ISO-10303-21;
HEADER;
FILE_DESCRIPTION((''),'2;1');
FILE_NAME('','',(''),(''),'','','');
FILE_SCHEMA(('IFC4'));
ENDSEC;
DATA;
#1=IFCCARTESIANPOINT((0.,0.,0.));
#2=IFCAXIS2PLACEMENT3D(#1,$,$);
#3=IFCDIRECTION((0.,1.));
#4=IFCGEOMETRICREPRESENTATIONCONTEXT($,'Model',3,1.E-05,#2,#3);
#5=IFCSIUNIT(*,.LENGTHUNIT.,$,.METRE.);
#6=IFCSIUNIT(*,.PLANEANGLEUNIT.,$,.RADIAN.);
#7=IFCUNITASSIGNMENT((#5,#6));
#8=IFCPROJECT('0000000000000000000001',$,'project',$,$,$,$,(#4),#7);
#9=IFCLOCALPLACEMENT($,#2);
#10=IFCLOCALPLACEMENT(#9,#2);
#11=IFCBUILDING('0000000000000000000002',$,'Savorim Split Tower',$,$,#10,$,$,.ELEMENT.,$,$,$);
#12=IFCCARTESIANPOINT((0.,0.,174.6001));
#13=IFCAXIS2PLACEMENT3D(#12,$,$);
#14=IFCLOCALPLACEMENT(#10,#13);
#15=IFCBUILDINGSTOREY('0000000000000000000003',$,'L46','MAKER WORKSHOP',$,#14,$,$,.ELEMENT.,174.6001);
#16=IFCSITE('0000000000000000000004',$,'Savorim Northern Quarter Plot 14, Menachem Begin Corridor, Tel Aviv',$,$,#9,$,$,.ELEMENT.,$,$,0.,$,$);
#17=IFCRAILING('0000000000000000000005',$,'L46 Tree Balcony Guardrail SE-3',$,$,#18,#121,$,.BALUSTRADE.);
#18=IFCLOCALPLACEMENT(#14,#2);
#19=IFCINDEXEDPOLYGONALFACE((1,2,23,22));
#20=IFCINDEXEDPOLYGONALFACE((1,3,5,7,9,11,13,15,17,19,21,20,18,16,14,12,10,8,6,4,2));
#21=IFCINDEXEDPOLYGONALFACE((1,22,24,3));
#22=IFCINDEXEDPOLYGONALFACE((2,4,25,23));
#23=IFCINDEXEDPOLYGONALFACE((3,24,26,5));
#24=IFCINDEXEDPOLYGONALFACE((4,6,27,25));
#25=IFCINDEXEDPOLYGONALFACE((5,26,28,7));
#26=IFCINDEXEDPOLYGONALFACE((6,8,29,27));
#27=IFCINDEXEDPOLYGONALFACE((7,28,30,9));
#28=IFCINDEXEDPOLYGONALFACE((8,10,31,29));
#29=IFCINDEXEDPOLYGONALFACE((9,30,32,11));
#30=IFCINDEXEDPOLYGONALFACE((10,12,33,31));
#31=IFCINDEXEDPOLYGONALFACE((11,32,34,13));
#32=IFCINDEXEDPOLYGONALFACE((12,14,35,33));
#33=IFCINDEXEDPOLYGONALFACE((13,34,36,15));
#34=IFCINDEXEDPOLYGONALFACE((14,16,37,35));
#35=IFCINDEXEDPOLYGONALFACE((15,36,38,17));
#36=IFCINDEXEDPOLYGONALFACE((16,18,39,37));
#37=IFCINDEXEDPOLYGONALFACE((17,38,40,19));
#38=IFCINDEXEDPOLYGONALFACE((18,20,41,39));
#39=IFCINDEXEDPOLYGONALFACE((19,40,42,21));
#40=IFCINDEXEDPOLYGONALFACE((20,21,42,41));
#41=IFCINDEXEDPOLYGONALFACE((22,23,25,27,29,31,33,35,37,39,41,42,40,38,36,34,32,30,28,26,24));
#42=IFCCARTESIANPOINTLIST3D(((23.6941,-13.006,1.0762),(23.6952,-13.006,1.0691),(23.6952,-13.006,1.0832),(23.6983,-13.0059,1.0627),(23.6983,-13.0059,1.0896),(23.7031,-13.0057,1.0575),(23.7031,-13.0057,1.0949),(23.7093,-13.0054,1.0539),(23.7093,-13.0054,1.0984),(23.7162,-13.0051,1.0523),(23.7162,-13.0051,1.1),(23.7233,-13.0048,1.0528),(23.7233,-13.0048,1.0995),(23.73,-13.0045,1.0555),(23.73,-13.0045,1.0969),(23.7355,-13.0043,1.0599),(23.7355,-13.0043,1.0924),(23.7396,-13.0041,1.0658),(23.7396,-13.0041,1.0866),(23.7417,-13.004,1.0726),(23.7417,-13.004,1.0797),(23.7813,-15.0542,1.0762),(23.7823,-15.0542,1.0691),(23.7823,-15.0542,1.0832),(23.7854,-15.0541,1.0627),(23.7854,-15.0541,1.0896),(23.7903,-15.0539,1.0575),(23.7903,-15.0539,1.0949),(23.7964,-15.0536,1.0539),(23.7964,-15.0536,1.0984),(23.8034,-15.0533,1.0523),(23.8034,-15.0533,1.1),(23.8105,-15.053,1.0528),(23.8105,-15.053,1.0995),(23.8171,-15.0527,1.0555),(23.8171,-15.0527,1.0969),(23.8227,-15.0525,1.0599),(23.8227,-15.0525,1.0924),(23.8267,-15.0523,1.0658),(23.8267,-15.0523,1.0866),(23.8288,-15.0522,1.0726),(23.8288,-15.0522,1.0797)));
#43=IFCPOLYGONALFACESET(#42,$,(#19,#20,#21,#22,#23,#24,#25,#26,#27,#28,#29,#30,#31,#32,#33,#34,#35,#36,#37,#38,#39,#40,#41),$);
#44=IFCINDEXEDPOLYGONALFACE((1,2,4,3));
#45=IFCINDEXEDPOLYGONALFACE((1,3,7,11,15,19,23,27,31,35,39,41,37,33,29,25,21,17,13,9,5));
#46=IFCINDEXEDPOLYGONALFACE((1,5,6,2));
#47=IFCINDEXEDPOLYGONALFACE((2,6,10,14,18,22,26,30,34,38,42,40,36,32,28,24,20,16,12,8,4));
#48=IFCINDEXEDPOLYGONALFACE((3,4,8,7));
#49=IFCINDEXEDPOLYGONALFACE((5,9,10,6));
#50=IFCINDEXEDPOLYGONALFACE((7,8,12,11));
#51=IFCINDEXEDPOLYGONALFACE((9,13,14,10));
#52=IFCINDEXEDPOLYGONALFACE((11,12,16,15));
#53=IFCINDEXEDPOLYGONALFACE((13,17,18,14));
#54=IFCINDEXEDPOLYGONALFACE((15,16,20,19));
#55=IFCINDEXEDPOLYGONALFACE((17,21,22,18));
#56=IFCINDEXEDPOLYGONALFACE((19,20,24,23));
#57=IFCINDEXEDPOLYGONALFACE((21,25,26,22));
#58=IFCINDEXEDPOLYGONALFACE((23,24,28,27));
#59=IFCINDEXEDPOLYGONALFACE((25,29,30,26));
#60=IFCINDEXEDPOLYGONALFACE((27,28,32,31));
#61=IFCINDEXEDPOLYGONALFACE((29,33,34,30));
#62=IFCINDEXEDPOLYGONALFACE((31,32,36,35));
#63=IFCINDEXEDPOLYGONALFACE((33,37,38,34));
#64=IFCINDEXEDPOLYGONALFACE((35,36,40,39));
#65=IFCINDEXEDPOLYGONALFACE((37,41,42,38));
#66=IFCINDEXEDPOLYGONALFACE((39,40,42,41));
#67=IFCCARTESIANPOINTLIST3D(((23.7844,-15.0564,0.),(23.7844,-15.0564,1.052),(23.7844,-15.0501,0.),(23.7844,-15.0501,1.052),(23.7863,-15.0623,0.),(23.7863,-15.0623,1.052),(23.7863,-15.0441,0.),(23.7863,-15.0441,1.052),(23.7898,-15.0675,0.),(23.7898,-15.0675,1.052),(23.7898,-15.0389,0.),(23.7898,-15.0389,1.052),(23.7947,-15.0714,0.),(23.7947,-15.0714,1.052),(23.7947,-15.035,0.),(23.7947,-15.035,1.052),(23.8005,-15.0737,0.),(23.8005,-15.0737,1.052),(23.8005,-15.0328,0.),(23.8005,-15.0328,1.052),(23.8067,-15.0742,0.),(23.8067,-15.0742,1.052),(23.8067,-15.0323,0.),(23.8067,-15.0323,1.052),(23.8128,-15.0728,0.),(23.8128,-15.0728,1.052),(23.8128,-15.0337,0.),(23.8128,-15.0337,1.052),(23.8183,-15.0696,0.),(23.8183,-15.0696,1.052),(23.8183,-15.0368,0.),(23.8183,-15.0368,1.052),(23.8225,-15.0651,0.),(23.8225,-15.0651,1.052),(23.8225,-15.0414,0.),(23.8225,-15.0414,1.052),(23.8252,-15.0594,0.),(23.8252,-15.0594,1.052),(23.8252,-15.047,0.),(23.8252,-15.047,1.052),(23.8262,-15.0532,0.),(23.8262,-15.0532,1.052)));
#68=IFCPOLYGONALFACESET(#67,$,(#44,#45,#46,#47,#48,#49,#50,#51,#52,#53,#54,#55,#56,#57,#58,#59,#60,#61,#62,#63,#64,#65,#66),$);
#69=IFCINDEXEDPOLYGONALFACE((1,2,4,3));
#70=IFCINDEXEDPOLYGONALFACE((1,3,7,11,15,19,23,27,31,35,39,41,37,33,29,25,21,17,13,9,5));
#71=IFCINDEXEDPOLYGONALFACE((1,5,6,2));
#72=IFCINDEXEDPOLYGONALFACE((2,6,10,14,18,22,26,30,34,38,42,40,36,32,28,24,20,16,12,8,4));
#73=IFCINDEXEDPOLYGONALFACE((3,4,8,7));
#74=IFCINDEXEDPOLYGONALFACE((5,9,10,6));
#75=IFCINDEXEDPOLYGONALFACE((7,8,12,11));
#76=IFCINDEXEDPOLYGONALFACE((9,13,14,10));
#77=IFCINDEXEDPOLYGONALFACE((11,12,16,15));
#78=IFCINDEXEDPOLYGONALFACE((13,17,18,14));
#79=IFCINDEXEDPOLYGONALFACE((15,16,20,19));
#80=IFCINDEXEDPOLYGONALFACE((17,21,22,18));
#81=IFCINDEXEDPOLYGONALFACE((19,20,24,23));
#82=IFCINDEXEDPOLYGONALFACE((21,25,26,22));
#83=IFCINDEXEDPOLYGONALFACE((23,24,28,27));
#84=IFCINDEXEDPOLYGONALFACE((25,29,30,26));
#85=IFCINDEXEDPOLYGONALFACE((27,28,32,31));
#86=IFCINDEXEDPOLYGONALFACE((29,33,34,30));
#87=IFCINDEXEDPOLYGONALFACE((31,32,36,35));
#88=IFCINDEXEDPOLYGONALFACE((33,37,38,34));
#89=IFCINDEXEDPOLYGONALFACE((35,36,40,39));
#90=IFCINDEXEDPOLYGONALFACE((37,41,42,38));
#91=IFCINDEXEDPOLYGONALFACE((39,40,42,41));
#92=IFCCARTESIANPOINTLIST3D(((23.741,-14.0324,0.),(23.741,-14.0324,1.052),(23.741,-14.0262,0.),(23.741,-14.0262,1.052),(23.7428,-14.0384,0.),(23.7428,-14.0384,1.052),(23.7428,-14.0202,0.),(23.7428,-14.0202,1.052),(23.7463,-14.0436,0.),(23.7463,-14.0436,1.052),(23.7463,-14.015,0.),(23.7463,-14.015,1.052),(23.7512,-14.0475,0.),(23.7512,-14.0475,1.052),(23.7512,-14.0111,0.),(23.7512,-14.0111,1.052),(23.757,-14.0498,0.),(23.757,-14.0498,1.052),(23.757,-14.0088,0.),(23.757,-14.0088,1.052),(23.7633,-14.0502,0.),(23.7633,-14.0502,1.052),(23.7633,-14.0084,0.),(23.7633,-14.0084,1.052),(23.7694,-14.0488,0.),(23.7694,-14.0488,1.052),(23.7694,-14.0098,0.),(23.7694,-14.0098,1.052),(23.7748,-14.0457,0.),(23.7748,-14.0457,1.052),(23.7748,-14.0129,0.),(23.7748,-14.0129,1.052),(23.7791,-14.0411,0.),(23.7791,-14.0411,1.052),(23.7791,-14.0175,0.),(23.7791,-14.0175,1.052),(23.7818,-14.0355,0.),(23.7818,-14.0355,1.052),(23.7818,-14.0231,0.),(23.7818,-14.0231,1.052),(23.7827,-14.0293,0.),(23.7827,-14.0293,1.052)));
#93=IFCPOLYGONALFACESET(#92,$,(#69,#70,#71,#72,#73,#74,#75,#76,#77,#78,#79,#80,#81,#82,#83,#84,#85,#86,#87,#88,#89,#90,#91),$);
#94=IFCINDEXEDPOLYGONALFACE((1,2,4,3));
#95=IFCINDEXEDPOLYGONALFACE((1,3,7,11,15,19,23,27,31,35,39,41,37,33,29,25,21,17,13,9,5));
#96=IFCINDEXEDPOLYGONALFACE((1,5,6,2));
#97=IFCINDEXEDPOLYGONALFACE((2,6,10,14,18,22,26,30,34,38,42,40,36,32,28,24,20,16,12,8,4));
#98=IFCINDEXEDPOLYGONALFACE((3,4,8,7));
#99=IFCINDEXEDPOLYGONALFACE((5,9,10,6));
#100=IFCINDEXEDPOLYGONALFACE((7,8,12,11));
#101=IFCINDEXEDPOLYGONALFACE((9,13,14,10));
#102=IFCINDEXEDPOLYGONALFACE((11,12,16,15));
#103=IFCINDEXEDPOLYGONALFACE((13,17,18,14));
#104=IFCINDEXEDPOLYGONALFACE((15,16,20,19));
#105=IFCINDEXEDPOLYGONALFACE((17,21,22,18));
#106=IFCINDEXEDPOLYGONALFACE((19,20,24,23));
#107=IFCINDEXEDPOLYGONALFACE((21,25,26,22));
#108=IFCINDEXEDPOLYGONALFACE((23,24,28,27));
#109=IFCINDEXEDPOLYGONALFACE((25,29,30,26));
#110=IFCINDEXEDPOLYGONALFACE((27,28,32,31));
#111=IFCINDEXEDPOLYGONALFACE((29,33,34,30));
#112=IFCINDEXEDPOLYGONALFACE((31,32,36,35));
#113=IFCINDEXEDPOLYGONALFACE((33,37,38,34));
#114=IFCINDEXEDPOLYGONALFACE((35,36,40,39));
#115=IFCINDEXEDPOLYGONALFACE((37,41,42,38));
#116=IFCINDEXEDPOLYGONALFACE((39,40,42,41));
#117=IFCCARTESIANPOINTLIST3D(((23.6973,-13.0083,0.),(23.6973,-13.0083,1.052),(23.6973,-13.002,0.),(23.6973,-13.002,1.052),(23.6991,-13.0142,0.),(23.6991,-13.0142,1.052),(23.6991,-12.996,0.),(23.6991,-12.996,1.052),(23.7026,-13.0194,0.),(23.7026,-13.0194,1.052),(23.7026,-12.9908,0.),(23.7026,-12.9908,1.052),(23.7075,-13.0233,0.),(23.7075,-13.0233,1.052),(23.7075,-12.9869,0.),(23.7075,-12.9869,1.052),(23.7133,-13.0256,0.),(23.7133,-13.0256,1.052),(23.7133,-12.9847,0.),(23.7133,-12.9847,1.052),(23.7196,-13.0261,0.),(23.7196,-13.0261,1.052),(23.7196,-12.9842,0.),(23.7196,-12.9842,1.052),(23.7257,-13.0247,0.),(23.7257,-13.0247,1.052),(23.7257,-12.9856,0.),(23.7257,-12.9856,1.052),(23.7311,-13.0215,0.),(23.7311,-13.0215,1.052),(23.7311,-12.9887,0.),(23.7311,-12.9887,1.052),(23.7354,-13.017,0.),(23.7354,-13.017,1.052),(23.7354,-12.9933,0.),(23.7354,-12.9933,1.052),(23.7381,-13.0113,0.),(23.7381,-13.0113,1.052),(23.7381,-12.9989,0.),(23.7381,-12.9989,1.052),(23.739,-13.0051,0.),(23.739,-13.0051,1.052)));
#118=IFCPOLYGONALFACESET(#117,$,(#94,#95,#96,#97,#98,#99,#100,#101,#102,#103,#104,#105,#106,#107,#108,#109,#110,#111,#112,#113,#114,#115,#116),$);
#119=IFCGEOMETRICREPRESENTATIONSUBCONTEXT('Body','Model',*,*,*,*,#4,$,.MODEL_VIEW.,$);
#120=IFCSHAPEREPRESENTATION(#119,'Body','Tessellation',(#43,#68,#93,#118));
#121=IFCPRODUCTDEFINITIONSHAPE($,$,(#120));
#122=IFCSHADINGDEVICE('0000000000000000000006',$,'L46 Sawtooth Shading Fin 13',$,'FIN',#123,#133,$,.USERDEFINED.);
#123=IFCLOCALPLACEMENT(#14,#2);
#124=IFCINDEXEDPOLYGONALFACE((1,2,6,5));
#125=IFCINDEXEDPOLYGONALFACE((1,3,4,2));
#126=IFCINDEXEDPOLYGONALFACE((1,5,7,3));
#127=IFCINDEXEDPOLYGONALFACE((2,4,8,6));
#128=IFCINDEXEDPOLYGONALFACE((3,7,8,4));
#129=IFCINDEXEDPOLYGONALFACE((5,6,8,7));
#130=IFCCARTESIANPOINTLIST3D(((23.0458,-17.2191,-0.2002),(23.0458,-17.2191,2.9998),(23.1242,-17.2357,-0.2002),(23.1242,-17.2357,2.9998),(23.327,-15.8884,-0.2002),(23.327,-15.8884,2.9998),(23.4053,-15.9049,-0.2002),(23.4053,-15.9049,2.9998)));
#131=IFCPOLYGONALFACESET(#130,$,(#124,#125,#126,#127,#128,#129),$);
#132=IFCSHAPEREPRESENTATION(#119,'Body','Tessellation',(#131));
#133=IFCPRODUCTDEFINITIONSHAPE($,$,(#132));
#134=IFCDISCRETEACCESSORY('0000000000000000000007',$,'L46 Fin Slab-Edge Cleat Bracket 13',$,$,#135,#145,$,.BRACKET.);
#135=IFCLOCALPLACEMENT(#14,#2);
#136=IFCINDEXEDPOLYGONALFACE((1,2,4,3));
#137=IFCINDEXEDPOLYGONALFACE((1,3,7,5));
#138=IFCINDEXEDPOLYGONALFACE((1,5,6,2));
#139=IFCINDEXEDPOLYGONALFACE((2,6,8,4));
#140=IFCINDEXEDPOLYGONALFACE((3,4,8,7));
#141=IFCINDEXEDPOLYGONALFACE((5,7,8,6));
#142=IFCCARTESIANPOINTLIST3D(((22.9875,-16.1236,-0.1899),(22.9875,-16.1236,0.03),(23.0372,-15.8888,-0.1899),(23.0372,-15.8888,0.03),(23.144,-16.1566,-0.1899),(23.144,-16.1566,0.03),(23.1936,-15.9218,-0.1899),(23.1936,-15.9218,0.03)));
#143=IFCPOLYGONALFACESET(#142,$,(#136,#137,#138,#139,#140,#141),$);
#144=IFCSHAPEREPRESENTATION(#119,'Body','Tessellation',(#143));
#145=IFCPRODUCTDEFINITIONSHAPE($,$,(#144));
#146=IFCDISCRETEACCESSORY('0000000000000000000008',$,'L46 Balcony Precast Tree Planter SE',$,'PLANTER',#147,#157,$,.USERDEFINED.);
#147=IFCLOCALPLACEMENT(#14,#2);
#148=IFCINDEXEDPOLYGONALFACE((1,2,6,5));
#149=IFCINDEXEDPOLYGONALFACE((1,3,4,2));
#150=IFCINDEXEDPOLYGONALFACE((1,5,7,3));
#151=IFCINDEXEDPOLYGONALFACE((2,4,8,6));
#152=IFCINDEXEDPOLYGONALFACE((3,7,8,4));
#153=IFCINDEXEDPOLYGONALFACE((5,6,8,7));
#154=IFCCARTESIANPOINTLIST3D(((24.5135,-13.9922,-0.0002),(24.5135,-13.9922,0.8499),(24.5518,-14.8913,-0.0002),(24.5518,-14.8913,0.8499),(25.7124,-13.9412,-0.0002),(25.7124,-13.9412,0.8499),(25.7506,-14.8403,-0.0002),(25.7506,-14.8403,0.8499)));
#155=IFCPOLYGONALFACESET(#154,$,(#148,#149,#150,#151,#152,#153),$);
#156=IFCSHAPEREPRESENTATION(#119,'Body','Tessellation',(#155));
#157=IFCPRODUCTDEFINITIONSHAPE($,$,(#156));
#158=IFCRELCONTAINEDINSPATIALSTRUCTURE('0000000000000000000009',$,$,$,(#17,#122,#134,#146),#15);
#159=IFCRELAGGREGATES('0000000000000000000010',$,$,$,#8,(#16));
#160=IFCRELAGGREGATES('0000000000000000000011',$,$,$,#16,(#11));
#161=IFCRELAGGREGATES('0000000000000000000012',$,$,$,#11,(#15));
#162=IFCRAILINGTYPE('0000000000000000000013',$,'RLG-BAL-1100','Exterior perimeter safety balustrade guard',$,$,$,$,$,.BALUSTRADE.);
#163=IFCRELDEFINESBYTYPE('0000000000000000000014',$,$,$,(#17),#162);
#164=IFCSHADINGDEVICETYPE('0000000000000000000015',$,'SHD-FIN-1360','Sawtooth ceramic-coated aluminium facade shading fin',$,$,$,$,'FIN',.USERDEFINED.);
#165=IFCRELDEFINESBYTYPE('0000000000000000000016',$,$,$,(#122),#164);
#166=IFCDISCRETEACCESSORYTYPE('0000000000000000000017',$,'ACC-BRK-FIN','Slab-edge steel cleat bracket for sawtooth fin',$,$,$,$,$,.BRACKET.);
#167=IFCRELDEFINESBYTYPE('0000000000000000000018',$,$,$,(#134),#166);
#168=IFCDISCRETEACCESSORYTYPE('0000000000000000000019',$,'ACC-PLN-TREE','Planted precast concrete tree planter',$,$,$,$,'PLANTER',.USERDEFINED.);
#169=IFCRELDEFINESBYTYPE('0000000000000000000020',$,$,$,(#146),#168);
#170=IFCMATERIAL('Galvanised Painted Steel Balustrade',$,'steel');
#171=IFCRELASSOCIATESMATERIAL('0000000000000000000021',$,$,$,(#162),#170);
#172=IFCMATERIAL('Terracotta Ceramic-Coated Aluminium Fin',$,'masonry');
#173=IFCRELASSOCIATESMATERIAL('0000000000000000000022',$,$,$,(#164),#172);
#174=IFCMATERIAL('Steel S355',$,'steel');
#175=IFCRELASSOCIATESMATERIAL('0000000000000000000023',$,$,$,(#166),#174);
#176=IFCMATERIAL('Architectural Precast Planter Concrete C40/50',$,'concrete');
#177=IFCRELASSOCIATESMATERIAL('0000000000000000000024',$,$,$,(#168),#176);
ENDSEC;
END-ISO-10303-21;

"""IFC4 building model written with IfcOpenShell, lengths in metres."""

from ifc_helpers import new_model, si_unit, direction, frame, origin, origin_2d, place, context, subcontext, project, spatial, rectangle, circle, extrude, material, type_object, element, save


model = new_model("IFC4")

# Units and contexts
model_context = context("Model", 3, precision=1e-05, world=origin(), true_north=direction((0.0, 1.0)))
body_context = subcontext(model_context, "Body", "Model", "MODEL_VIEW")
ifc_project = project(units=[si_unit("LENGTHUNIT", "METRE"), si_unit("PLANEANGLEUNIT", "RADIAN")], contexts=[model_context])

# Site, building, storey
site_placement = place(None, origin())
site = spatial("IfcSite", under=ifc_project, at=site_placement, Name="Savorim Northern Quarter Plot 14, Menachem Begin Corridor, Tel Aviv", CompositionType="ELEMENT", RefElevation=0.0)
building_placement = place(site_placement, origin())
building = spatial("IfcBuilding", under=site, at=building_placement, Name="Savorim Split Tower", CompositionType="ELEMENT")
storey_placement = place(building_placement, frame((0.0, 0.0, 174.6001)))
storey = spatial("IfcBuildingStorey", under=building, at=storey_placement, Name="L46", Description="MAKER WORKSHOP", CompositionType="ELEMENT", Elevation=174.6001)

# Shared definitions
ifc_material_1 = material(Name="Steel S355", Category="steel")

# Railing
ifc_material_2 = material(Name="Galvanised Painted Steel Balustrade", Category="steel")
railing_type = type_object("IfcRailingType", Name="RLG-BAL-1100", Description="Exterior perimeter safety balustrade guard", PredefinedType="BALUSTRADE", material=ifc_material_2)
railing_1_placement = place(storey_placement, frame((23.8052, -15.0532, 0.0)))
element("IfcRailing", 1, at=railing_1_placement, inside=storey, type_object=railing_type, Name="L46 Tree Balcony Guardrail SE-3", PredefinedType="BALUSTRADE", context=body_context, shape_type="SweptSolid", body=[
    extrude(circle(Radius=0.0239, at=origin_2d()), frame((0.0, 0.0, 1.0762), z_axis=(-0.042517, 0.999096, 0.0), x_axis=(-0.999096, -0.042517, 0.0)), (0.0, 0.0, 1.0), 2.05),
    extrude(circle(Radius=0.021, at=origin_2d()), origin(), (0.0, 0.0, 1.0), 1.052),
    extrude(circle(Radius=0.021, at=origin_2d()), frame((-0.0435, 1.0239, 0.0)), (0.0, 0.0, 1.0), 1.052),
    extrude(circle(Radius=0.021, at=origin_2d()), frame((-0.0872, 2.0481, 0.0)), (0.0, 0.0, 1.0), 1.052),
])

# Shading device
ifc_material_3 = material(Name="Terracotta Ceramic-Coated Aluminium Fin", Category="masonry")
shading_device_type = type_object("IfcShadingDeviceType", Name="SHD-FIN-1360", Description="Sawtooth ceramic-coated aluminium facade shading fin", ElementType="FIN", PredefinedType="USERDEFINED", material=ifc_material_3)
shading_device_placement = place(storey_placement, frame((23.2256, -16.562, -0.2002), z_axis=(0.0, 0.0, 1.0), x_axis=(-0.206722, -0.9784, 0.0)))
element("IfcShadingDevice", 2, at=shading_device_placement, inside=storey, type_object=shading_device_type, Name="L46 Sawtooth Shading Fin 13", ObjectType="FIN", PredefinedType="USERDEFINED", context=body_context, shape_type="SweptSolid", body=[
    extrude(rectangle(XDim=1.3601, YDim=0.0801, at=origin_2d()), origin(), (0.0, 0.0, 1.0), 3.2),
])

# Discrete accessories
discrete_accessory_type_1 = type_object("IfcDiscreteAccessoryType", Name="ACC-BRK-FIN", Description="Slab-edge steel cleat bracket for sawtooth fin", PredefinedType="BRACKET", material=ifc_material_1)
discrete_accessory_1_placement = place(storey_placement, frame((23.0906, -16.0227, -0.1899), z_axis=(0.0, 0.0, 1.0), x_axis=(-0.206722, -0.9784, 0.0)))
element("IfcDiscreteAccessory", 3, at=discrete_accessory_1_placement, inside=storey, type_object=discrete_accessory_type_1, Name="L46 Fin Slab-Edge Cleat Bracket 13", PredefinedType="BRACKET", context=body_context, shape_type="SweptSolid", body=[
    extrude(rectangle(XDim=0.24, YDim=0.1599, at=origin_2d()), origin(), (0.0, 0.0, 1.0), 0.22),
])
ifc_material_4 = material(Name="Architectural Precast Planter Concrete C40/50", Category="concrete")
discrete_accessory_type_2 = type_object("IfcDiscreteAccessoryType", Name="ACC-PLN-TREE", Description="Planted precast concrete tree planter", ElementType="PLANTER", PredefinedType="USERDEFINED", material=ifc_material_4)
discrete_accessory_2_placement = place(storey_placement, frame((25.1321, -14.4163, -0.0002), z_axis=(0.0, 0.0, 1.0), x_axis=(0.999096, 0.042507, 0.0)))
element("IfcDiscreteAccessory", 4, at=discrete_accessory_2_placement, inside=storey, type_object=discrete_accessory_type_2, Name="L46 Balcony Precast Tree Planter SE", ObjectType="PLANTER", PredefinedType="USERDEFINED", context=body_context, shape_type="SweptSolid", body=[
    extrude(rectangle(XDim=1.2, YDim=0.8999, at=origin_2d()), origin(), (0.0, 0.0, 1.0), 0.8501),
])

save(model, "model.ifc")
